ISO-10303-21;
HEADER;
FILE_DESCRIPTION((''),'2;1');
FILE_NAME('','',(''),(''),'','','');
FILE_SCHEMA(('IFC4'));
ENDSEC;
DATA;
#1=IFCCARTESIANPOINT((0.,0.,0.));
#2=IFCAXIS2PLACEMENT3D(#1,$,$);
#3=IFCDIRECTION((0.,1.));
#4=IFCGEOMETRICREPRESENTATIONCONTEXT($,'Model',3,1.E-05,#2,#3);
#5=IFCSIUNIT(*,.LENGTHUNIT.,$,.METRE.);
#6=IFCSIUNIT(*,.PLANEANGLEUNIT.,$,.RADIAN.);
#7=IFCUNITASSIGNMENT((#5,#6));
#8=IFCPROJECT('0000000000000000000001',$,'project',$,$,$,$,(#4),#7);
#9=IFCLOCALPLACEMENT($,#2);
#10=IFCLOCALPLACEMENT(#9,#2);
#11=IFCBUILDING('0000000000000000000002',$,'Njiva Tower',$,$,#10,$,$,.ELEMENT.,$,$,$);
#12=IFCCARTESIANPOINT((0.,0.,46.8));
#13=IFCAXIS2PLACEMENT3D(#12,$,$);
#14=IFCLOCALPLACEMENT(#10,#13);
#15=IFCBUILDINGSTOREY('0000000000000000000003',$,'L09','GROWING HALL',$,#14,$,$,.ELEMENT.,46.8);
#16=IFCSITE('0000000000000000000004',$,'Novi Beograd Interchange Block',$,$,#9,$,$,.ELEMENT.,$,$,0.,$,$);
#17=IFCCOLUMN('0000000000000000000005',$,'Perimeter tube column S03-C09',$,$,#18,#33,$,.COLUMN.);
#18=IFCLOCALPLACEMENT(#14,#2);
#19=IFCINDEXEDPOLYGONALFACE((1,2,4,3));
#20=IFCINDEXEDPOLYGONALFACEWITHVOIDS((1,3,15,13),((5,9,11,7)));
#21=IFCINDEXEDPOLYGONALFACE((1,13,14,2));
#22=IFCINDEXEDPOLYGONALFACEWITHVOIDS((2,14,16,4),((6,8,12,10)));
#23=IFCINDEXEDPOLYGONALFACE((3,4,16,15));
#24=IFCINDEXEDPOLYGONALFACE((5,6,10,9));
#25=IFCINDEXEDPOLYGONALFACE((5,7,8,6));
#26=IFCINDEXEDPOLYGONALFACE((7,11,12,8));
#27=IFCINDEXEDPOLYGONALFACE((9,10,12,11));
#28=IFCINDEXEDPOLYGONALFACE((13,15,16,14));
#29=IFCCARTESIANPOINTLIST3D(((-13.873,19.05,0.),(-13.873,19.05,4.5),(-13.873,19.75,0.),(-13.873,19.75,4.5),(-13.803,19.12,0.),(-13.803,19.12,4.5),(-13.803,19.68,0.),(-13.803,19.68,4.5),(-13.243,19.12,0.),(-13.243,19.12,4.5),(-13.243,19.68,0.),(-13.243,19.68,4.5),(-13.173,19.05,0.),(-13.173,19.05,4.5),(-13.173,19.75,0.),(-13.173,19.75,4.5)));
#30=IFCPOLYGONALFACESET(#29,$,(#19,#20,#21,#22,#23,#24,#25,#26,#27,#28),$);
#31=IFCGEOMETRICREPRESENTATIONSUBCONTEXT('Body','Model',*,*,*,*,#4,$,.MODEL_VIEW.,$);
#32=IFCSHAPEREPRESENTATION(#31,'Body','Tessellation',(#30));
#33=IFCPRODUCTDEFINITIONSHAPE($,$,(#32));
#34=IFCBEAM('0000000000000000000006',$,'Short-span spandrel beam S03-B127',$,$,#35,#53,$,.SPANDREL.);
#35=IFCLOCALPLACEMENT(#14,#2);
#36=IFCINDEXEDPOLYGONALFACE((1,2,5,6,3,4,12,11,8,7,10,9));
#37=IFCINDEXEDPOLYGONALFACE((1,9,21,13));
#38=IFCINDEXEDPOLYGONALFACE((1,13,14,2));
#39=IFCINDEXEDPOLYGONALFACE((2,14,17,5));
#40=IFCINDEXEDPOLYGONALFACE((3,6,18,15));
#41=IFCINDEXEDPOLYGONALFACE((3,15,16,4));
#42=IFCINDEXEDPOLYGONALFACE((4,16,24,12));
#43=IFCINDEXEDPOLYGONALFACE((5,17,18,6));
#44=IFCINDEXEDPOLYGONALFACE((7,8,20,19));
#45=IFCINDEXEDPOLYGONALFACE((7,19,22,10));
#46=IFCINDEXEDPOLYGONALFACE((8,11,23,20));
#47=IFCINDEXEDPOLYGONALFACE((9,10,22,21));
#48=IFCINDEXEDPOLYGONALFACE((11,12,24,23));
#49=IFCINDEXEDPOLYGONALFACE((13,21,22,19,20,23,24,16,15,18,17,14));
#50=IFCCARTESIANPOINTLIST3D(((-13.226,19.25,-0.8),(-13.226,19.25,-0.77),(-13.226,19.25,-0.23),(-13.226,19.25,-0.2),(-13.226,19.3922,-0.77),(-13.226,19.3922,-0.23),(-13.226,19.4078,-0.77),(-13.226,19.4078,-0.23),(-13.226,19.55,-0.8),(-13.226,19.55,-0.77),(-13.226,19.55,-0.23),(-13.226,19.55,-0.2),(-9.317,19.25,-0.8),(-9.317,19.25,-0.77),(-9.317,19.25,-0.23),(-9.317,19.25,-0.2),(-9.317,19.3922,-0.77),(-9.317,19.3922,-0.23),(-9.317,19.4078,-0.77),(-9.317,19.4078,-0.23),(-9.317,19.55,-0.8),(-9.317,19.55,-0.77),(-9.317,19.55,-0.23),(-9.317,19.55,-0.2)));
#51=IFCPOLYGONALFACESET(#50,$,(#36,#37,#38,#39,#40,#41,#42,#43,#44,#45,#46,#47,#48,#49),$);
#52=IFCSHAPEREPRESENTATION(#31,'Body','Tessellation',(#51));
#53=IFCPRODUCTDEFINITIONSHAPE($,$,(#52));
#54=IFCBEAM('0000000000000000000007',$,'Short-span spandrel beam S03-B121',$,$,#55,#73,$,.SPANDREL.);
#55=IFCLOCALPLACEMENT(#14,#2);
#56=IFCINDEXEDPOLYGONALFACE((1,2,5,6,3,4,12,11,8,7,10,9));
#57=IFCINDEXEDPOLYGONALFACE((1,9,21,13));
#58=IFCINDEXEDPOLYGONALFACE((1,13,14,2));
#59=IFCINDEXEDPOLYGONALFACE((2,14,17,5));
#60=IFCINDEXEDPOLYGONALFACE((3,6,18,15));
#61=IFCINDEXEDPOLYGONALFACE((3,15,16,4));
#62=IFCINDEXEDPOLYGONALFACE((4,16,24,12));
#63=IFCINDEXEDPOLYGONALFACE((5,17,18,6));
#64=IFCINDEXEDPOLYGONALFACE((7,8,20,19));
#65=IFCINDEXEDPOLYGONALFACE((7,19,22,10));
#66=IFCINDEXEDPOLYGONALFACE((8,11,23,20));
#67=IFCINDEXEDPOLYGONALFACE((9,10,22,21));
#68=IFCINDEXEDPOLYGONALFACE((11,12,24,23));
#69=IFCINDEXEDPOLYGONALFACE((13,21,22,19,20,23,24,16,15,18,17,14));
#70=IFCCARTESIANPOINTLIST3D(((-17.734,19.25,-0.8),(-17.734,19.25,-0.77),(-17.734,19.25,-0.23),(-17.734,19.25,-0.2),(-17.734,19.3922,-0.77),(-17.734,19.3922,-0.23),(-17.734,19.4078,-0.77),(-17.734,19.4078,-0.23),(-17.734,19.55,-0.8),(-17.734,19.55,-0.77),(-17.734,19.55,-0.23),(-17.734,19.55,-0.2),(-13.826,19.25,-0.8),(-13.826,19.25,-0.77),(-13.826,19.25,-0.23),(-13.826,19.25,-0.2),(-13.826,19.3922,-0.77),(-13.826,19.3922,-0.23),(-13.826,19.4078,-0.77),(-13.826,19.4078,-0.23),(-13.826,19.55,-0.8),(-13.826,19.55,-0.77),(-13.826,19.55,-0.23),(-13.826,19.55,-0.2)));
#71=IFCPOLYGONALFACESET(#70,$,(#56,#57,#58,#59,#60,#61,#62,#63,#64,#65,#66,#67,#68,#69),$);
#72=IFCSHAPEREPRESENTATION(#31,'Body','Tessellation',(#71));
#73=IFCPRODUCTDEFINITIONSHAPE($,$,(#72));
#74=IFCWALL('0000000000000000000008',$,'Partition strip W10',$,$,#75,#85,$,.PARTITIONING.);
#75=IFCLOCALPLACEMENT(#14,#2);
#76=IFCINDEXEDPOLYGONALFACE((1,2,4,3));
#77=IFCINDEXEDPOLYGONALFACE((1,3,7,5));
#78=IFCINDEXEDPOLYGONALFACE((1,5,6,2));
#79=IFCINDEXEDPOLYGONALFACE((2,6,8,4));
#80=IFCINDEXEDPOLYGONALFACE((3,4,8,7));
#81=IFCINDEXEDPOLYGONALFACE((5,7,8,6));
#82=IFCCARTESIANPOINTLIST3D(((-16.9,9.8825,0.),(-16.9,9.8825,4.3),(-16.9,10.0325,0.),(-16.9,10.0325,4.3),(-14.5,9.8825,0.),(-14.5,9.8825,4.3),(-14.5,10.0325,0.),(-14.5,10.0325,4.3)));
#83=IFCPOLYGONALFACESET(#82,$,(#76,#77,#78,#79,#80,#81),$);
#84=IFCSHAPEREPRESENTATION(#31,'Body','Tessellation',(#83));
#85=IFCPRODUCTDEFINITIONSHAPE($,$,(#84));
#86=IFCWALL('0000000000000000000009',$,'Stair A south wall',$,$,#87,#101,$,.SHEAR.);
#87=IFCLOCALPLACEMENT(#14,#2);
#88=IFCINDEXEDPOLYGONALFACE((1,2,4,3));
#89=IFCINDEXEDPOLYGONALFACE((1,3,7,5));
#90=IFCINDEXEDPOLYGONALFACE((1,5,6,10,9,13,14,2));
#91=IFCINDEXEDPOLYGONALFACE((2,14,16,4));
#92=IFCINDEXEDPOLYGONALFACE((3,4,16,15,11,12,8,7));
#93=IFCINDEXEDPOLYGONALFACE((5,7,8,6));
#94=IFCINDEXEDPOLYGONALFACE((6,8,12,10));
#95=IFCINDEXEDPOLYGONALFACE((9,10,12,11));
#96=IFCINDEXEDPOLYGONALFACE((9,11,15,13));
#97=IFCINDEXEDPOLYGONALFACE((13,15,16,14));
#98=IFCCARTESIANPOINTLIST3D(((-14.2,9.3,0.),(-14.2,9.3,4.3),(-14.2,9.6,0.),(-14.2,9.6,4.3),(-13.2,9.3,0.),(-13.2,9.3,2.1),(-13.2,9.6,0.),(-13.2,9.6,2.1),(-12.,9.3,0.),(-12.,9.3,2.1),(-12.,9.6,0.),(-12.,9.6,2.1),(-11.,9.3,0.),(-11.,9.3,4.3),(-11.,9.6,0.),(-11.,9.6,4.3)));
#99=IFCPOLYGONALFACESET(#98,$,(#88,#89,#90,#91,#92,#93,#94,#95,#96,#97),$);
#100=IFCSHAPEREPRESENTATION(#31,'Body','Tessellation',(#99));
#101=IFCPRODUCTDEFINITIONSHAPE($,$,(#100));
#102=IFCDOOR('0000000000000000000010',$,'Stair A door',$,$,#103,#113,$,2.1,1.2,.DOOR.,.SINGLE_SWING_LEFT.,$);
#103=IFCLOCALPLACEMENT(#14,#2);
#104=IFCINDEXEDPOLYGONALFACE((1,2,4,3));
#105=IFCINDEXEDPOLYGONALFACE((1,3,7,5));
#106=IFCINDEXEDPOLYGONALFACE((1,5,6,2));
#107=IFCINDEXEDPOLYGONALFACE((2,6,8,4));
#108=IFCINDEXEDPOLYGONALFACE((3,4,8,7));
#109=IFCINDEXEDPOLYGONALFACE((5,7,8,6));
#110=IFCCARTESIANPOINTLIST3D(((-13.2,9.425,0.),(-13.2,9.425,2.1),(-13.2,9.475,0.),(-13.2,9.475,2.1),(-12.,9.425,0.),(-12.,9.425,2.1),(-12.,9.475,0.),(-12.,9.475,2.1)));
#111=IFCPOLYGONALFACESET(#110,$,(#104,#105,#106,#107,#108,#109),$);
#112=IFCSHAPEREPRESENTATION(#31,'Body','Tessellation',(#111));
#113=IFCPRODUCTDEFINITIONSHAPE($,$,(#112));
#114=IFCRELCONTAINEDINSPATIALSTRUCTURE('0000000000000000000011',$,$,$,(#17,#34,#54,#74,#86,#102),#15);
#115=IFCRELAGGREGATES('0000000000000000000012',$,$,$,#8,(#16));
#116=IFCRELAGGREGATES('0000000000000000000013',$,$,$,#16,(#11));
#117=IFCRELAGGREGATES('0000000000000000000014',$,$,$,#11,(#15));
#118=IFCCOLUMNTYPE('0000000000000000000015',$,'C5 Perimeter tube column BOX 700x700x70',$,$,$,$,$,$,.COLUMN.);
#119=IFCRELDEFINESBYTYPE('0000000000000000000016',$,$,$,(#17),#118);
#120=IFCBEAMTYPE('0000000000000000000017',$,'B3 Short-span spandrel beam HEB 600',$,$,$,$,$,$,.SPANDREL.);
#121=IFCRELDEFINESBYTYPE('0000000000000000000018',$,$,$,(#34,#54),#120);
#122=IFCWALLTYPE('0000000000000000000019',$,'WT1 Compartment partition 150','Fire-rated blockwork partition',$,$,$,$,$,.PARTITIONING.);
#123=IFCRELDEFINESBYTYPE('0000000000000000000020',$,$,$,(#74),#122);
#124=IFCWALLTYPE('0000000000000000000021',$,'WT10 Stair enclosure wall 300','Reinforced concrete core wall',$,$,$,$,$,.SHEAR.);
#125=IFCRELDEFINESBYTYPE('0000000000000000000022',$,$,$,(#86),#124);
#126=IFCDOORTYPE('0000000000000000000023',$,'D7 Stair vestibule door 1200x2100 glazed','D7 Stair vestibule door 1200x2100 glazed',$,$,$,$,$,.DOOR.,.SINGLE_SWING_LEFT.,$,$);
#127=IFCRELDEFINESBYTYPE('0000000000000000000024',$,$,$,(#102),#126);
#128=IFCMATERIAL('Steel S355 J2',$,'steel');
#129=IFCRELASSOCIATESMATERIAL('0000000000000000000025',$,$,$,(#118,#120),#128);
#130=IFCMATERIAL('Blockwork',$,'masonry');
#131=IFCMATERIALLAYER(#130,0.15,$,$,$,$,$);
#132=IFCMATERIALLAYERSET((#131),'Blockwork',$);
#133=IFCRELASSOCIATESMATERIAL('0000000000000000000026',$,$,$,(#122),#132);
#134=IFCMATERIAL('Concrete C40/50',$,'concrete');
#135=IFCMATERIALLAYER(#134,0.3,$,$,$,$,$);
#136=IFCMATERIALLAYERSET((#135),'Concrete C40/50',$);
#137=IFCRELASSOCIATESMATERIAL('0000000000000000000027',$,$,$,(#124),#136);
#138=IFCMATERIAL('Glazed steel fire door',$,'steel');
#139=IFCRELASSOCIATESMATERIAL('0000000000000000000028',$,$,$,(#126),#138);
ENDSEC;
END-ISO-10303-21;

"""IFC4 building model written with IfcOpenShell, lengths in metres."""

from ifc_helpers import new_model, si_unit, direction, frame, frame_2d, origin, origin_2d, place, context, subcontext, project, spatial, rectangle, hollow_rectangle, i_section, extrude, material, layer, layer_set, material_profile, profile_set, type_object, element, fill, save


model = new_model("IFC4")

# Units and contexts
model_context = context("Model", 3, precision=1e-05, world=origin(), true_north=direction((0.0, 1.0)))
body_context = subcontext(model_context, "Body", "Model", "MODEL_VIEW")
ifc_project = project(units=[si_unit("LENGTHUNIT", "METRE"), si_unit("PLANEANGLEUNIT", "RADIAN")], contexts=[model_context])

# Site, building, storey
site_placement = place(None, origin())
site = spatial("IfcSite", under=ifc_project, at=site_placement, Name="Novi Beograd Interchange Block", CompositionType="ELEMENT", RefElevation=0.0)
building_placement = place(site_placement, origin())
building = spatial("IfcBuilding", under=site, at=building_placement, Name="Njiva Tower", CompositionType="ELEMENT")
storey_placement = place(building_placement, frame((0.0, 0.0, 46.8)))
storey = spatial("IfcBuildingStorey", under=building, at=storey_placement, Name="L09", Description="GROWING HALL", CompositionType="ELEMENT", Elevation=46.8)

# Column
ifc_material_1 = material(Name="Steel S355 J2", Category="steel")
ifc_material_profile_1 = material_profile(ifc_material_1, hollow_rectangle(XDim=0.7, YDim=0.7, WallThickness=0.07, at=origin_2d()), Name="BOX 700x700x70")
ifc_profile_set_1 = profile_set([ifc_material_profile_1], Name="Steel S355 J2")
column_type = type_object("IfcColumnType", Name="C5 Perimeter tube column BOX 700x700x70", PredefinedType="COLUMN", material=ifc_profile_set_1)
column_placement = place(storey_placement, frame((-13.523, 19.4, 0.0), z_axis=(0.0, 0.0, 1.0), x_axis=(-1.0, 0.0, 0.0)))
element("IfcColumn", 1, at=column_placement, inside=storey, type_object=column_type, Name="Perimeter tube column S03-C09", PredefinedType="COLUMN", context=body_context, shape_type="SweptSolid", body=[
    extrude(hollow_rectangle(XDim=0.7, YDim=0.7, WallThickness=0.07, at=origin_2d()), origin(), (0.0, 0.0, 1.0), 4.5),
])

# Beams
ifc_material_profile_2 = material_profile(ifc_material_1, i_section(OverallWidth=0.3, OverallDepth=0.6, WebThickness=0.0155, FlangeThickness=0.03, at=origin_2d()), Name="HEB 600")
ifc_profile_set_2 = profile_set([ifc_material_profile_2], Name="Steel S355 J2")
beam_type = type_object("IfcBeamType", Name="B3 Short-span spandrel beam HEB 600", PredefinedType="SPANDREL", material=ifc_profile_set_2)
beam_1_placement = place(storey_placement, frame((-9.317, 19.4, -0.5), z_axis=(-1.0, 0.0, 0.0), x_axis=(0.0, -1.0, 0.0)))
element("IfcBeam", 2, at=beam_1_placement, inside=storey, type_object=beam_type, Name="Short-span spandrel beam S03-B127", PredefinedType="SPANDREL", context=body_context, shape_type="SweptSolid", body=[
    extrude(i_section(OverallWidth=0.3, OverallDepth=0.6, WebThickness=0.0155, FlangeThickness=0.03, at=origin_2d()), origin(), (0.0, 0.0, 1.0), 3.909),
])
beam_2_placement = place(storey_placement, frame((-13.826, 19.4, -0.5), z_axis=(-1.0, 0.0, 0.0), x_axis=(0.0, -1.0, 0.0)))
element("IfcBeam", 3, at=beam_2_placement, inside=storey, type_object=beam_type, Name="Short-span spandrel beam S03-B121", PredefinedType="SPANDREL", context=body_context, shape_type="SweptSolid", body=[
    extrude(i_section(OverallWidth=0.3, OverallDepth=0.6, WebThickness=0.0155, FlangeThickness=0.03, at=origin_2d()), origin(), (0.0, 0.0, 1.0), 3.908),
])

# Wall
ifc_material_2 = material(Name="Blockwork", Category="masonry")
ifc_layer_1 = layer(ifc_material_2, 0.15)
ifc_layer_set_1 = layer_set([ifc_layer_1], Name="Blockwork")
wall_type_1 = type_object("IfcWallType", Name="WT1 Compartment partition 150", Description="Fire-rated blockwork partition", PredefinedType="PARTITIONING", material=ifc_layer_set_1)
wall_1_placement = place(storey_placement, frame((-16.9, 9.9575, 0.0), z_axis=(0.0, 0.0, 1.0), x_axis=(1.0, 0.0, 0.0)))
element("IfcWall", 4, at=wall_1_placement, inside=storey, type_object=wall_type_1, Name="Partition strip W10", PredefinedType="PARTITIONING", context=body_context, shape_type="SweptSolid", body=[
    extrude(rectangle(XDim=2.4, YDim=0.15, at=frame_2d((1.2, 0.0))), origin(), (0.0, 0.0, 1.0), 4.3),
])

# Wall, opening, door
ifc_material_3 = material(Name="Concrete C40/50", Category="concrete")
ifc_layer_2 = layer(ifc_material_3, 0.3)
ifc_layer_set_2 = layer_set([ifc_layer_2], Name="Concrete C40/50")
wall_type_2 = type_object("IfcWallType", Name="WT10 Stair enclosure wall 300", Description="Reinforced concrete core wall", PredefinedType="SHEAR", material=ifc_layer_set_2)
wall_2_placement = place(storey_placement, frame((-14.2, 9.45, 0.0), z_axis=(0.0, 0.0, 1.0), x_axis=(1.0, 0.0, 0.0)))
wall_2 = element("IfcWall", 5, at=wall_2_placement, inside=storey, type_object=wall_type_2, Name="Stair A south wall", PredefinedType="SHEAR", context=body_context, shape_type="SweptSolid", body=[
    extrude(rectangle(XDim=3.2, YDim=0.3, at=frame_2d((1.6, 0.0))), origin(), (0.0, 0.0, 1.0), 4.3),
])
opening_1_placement = place(wall_2_placement, frame((1.0, 0.0, 0.0)))
opening_1 = element("IfcOpeningElement", 6, at=opening_1_placement, cuts=wall_2, PredefinedType="OPENING", context=body_context, shape_type="SweptSolid", body=[
    extrude(rectangle(XDim=1.2, YDim=2.1, at=frame_2d((0.6, 1.05))), frame((0.0, 0.16, 0.0), z_axis=(0.0, -1.0, 0.0), x_axis=(1.0, 0.0, 0.0)), (0.0, 0.0, 1.0), 0.32),
])
ifc_material_4 = material(Name="Glazed steel fire door", Category="steel")
door_type_1 = type_object("IfcDoorType", Name="D7 Stair vestibule door 1200x2100 glazed", Description="D7 Stair vestibule door 1200x2100 glazed", OperationType="SINGLE_SWING_LEFT", PredefinedType="DOOR", material=ifc_material_4)
door_1_placement = place(opening_1_placement, origin())
door_1 = element("IfcDoor", 7, at=door_1_placement, inside=storey, type_object=door_type_1, Name="Stair A door", OperationType="SINGLE_SWING_LEFT", OverallHeight=2.1, OverallWidth=1.2, PredefinedType="DOOR", context=body_context, shape_type="SweptSolid", body=[
    extrude(rectangle(XDim=1.2, YDim=2.1, at=frame_2d((0.6, 1.05))), frame((0.0, 0.025, 0.0), z_axis=(0.0, -1.0, 0.0), x_axis=(1.0, 0.0, 0.0)), (0.0, 0.0, 1.0), 0.05),
])
fill(opening_1, door_1)

save(model, "model.ifc")
